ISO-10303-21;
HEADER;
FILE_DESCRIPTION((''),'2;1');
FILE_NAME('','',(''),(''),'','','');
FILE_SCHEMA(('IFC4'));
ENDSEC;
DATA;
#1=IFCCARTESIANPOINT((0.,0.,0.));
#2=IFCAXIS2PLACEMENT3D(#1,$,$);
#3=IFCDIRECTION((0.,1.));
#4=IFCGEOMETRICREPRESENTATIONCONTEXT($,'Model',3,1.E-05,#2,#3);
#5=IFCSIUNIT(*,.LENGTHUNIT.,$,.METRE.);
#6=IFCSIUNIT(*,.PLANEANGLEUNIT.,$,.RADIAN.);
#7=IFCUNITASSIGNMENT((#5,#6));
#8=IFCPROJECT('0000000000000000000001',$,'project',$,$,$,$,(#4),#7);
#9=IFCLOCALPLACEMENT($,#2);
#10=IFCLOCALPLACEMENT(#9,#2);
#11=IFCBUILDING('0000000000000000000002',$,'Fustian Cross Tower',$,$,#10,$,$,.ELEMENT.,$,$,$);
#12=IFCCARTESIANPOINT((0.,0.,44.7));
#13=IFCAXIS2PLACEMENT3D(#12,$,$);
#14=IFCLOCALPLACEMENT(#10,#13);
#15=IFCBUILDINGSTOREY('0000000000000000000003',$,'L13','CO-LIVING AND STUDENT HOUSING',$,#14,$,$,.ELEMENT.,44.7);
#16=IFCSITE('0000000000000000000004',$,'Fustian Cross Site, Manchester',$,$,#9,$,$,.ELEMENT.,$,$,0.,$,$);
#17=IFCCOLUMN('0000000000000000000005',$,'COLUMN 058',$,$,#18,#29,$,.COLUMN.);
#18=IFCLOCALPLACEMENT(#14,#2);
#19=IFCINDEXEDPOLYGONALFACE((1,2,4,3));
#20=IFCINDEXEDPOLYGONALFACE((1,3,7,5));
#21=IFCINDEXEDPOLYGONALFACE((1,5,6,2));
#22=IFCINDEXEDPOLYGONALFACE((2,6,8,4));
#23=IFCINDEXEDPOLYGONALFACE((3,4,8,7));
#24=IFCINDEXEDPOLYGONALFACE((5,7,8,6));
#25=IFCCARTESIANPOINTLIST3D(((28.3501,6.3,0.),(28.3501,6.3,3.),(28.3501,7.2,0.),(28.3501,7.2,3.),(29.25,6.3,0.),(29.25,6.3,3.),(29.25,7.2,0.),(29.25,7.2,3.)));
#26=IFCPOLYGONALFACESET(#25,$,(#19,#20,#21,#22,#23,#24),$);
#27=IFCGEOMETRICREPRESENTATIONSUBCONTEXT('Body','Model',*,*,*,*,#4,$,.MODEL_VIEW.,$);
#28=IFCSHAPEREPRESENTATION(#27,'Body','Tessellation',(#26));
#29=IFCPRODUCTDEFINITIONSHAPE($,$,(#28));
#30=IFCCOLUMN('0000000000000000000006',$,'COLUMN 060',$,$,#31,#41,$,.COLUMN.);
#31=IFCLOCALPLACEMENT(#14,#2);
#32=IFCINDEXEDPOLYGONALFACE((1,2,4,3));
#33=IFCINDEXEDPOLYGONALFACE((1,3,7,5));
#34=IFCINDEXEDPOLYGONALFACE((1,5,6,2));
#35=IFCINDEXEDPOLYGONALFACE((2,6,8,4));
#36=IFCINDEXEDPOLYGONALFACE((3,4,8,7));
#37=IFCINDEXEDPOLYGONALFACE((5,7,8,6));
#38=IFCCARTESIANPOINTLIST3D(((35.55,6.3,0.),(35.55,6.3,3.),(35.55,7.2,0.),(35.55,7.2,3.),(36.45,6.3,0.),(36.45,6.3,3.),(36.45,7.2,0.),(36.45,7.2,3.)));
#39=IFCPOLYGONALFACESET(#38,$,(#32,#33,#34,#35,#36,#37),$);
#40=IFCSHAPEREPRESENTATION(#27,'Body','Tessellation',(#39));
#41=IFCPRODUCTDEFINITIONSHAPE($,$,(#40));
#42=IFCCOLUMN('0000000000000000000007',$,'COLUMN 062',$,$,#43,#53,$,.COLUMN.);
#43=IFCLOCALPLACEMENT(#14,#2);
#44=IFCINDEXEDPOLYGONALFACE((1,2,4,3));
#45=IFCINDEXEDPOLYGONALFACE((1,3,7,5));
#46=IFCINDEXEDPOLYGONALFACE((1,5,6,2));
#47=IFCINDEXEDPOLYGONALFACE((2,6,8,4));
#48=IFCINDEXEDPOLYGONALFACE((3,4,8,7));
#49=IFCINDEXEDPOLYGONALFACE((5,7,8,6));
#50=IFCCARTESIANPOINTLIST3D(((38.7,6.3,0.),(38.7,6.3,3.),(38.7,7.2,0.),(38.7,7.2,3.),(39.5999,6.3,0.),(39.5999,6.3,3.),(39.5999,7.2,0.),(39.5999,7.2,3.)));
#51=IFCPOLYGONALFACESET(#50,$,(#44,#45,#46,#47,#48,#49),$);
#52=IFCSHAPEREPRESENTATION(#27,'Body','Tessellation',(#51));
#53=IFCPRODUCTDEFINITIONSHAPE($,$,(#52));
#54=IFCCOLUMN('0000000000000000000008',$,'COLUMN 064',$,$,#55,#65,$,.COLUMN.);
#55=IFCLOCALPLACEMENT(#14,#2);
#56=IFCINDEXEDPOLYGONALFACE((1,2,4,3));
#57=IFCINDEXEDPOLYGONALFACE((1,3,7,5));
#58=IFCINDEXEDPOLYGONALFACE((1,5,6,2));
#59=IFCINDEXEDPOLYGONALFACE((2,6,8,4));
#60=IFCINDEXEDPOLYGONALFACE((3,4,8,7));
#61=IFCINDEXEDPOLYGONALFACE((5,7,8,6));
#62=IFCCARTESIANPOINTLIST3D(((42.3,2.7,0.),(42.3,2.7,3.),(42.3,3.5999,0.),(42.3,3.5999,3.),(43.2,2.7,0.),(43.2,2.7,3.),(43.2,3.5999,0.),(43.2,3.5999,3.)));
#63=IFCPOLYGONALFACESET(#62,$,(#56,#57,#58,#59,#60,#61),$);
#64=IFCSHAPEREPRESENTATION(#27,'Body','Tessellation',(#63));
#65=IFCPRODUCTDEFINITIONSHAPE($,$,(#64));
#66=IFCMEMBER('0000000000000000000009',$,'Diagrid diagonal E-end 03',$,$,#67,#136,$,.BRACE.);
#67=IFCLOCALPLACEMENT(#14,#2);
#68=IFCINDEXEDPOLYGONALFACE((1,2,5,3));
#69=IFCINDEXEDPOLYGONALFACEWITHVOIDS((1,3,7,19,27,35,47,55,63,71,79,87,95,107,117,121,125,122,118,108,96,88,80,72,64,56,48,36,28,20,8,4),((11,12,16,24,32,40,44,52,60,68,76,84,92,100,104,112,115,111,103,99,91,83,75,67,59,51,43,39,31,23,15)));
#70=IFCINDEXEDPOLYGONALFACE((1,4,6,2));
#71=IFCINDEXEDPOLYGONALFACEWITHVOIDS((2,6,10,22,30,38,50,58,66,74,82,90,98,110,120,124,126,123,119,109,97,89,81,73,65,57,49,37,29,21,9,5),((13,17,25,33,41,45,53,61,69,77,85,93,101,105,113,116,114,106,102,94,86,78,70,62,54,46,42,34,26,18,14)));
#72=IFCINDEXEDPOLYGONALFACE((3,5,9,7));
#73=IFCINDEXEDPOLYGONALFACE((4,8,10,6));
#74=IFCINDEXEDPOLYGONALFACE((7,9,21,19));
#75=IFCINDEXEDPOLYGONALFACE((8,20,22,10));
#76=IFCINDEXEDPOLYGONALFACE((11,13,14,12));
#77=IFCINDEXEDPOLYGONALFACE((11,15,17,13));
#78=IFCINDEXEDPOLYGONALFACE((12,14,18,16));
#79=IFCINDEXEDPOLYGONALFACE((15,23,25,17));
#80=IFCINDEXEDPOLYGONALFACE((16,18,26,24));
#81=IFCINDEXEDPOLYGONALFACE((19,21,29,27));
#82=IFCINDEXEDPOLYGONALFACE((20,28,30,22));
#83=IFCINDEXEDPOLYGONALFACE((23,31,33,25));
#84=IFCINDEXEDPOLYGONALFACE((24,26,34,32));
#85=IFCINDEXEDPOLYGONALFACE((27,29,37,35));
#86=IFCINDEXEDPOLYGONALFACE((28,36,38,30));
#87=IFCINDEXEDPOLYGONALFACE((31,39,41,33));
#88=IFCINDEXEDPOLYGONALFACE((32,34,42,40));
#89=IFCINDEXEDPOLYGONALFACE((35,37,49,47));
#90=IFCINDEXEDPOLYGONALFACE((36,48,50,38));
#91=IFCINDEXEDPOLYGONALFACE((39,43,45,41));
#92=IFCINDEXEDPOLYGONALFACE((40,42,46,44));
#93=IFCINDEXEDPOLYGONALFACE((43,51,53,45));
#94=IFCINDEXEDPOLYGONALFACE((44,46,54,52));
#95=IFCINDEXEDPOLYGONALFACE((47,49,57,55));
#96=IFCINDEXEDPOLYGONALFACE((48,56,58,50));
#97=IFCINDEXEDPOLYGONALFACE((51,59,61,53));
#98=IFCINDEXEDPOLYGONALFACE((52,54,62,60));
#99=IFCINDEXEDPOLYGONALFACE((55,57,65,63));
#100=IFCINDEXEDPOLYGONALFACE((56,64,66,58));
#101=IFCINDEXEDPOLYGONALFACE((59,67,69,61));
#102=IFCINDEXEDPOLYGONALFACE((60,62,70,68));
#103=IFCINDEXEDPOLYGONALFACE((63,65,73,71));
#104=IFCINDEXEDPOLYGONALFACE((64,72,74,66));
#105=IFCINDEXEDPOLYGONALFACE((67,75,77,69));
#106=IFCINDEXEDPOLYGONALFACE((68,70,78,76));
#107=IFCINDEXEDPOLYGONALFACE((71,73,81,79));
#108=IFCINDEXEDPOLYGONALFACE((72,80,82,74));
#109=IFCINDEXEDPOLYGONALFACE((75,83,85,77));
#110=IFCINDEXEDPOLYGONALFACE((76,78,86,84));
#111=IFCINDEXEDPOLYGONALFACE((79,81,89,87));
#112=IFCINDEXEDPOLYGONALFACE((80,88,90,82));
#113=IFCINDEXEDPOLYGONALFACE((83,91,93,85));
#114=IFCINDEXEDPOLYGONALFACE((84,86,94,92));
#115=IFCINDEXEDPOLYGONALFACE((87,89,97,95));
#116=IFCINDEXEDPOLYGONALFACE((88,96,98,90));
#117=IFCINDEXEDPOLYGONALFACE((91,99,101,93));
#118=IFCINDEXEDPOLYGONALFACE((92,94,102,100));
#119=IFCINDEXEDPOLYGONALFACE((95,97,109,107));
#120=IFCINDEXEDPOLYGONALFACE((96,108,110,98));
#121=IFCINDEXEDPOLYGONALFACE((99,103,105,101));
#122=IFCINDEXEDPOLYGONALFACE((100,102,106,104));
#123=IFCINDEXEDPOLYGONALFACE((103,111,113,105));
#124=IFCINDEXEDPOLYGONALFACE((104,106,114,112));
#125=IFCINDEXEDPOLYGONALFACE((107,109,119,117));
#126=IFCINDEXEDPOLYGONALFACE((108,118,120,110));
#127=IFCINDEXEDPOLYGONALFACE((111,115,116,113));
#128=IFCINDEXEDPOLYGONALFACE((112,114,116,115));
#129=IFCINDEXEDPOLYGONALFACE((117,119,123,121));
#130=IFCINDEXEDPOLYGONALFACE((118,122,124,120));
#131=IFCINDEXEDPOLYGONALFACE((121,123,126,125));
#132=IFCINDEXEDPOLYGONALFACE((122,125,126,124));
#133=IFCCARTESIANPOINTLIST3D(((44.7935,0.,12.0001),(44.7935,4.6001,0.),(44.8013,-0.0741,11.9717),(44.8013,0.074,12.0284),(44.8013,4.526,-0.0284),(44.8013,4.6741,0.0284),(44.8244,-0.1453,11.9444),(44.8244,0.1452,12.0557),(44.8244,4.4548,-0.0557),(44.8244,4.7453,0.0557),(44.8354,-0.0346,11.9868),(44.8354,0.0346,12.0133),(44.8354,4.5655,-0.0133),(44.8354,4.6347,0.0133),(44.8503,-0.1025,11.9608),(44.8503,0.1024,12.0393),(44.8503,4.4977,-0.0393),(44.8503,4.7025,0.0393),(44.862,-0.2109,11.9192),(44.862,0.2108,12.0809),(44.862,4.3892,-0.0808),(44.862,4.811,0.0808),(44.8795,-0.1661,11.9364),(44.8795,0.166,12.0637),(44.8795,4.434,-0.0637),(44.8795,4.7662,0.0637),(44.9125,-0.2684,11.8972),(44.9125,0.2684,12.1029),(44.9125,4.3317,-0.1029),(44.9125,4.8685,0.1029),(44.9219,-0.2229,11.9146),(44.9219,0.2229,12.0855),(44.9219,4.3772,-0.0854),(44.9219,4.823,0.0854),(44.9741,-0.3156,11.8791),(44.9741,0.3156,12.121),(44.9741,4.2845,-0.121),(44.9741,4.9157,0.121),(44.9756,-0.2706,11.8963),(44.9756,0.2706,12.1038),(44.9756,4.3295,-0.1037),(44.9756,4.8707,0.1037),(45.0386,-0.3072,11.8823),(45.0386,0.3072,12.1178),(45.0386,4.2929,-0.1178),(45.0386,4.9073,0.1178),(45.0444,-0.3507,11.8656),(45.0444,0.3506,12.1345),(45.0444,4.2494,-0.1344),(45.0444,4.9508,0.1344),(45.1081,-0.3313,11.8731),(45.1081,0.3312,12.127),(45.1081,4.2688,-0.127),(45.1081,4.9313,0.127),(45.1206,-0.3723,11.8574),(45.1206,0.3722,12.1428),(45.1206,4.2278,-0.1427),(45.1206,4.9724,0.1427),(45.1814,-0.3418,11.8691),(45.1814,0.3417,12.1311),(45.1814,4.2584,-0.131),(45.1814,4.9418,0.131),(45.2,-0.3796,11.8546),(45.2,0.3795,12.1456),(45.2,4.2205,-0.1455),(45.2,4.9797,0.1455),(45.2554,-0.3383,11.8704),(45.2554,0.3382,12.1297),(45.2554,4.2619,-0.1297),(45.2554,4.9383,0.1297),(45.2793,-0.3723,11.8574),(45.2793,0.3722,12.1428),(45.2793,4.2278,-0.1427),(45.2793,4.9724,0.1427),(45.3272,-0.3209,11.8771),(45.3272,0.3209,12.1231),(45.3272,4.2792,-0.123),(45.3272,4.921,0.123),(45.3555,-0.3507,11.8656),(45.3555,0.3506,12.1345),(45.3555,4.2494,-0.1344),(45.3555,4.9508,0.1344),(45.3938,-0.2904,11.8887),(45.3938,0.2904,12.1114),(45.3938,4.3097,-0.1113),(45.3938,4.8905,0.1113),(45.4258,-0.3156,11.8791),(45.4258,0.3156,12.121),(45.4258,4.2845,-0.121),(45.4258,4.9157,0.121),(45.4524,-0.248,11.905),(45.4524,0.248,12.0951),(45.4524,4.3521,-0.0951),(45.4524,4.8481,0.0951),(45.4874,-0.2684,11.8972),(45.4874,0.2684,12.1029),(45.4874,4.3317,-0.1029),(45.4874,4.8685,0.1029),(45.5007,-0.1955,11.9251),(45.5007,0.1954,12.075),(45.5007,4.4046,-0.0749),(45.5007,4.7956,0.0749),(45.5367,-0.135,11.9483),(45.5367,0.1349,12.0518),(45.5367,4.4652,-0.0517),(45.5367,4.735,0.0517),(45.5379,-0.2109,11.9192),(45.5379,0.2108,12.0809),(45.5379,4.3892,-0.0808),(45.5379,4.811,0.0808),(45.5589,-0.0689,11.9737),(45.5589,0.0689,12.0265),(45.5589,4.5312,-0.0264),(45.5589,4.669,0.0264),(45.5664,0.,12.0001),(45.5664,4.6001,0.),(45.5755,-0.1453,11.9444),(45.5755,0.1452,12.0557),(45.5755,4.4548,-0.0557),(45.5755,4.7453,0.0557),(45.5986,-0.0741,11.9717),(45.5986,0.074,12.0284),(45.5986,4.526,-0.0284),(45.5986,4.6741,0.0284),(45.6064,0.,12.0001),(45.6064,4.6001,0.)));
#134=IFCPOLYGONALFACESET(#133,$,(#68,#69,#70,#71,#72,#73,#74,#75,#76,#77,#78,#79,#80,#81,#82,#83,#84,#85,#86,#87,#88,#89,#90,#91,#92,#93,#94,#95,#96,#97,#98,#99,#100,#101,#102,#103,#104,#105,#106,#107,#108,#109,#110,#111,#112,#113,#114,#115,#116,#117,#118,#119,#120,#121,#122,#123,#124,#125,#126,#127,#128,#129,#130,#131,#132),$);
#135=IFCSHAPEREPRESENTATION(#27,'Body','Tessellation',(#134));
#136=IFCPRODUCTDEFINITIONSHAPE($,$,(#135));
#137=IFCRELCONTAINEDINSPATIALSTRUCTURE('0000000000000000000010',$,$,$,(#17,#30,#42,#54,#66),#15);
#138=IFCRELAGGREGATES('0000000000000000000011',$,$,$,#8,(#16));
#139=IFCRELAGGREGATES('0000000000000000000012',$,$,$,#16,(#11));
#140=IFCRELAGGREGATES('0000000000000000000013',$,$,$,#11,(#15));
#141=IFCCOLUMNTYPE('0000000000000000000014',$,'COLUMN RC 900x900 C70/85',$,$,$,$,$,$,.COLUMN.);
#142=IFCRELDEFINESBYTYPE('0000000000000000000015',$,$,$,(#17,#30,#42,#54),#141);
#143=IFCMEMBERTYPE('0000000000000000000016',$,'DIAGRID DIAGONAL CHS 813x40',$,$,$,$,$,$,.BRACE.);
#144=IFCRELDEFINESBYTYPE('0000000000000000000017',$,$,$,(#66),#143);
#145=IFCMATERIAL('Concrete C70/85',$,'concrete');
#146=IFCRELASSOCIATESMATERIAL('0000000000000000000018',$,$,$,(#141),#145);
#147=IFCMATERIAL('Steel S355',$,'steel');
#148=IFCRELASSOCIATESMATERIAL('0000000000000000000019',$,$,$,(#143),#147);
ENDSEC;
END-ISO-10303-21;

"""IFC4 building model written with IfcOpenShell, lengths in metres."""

from ifc_helpers import new_model, si_unit, direction, frame, origin, origin_2d, place, context, subcontext, project, spatial, rectangle, hollow_circle, extrude, material, material_profile, profile_set, type_object, element, save


model = new_model("IFC4")

# Units and contexts
model_context = context("Model", 3, precision=1e-05, world=origin(), true_north=direction((0.0, 1.0)))
body_context = subcontext(model_context, "Body", "Model", "MODEL_VIEW")
ifc_project = project(units=[si_unit("LENGTHUNIT", "METRE"), si_unit("PLANEANGLEUNIT", "RADIAN")], contexts=[model_context])

# Site, building, storey
site_placement = place(None, origin())
site = spatial("IfcSite", under=ifc_project, at=site_placement, Name="Fustian Cross Site, Manchester", CompositionType="ELEMENT", RefElevation=0.0)
building_placement = place(site_placement, origin())
building = spatial("IfcBuilding", under=site, at=building_placement, Name="Fustian Cross Tower", CompositionType="ELEMENT")
storey_placement = place(building_placement, frame((0.0, 0.0, 44.7)))
storey = spatial("IfcBuildingStorey", under=building, at=storey_placement, Name="L13", Description="CO-LIVING AND STUDENT HOUSING", CompositionType="ELEMENT", Elevation=44.7)

# Columns
ifc_material_1 = material(Name="Concrete C70/85", Category="concrete")
ifc_material_profile_1 = material_profile(ifc_material_1, rectangle(XDim=0.8999, YDim=0.8999, at=origin_2d()), Name="RC 900x900")
ifc_profile_set_1 = profile_set([ifc_material_profile_1], Name="Concrete C70/85")
column_type = type_object("IfcColumnType", Name="COLUMN RC 900x900 C70/85", PredefinedType="COLUMN", material=ifc_profile_set_1)
for number, where, z_axis, x_axis, name in (
    (1, (28.8, 6.75, 0.0), (0.0, 0.0, 1.0), (1.0, 0.0, 0.0), "COLUMN 058"),
    (2, (36.0, 6.75, 0.0), (0.0, 0.0, 1.0), (1.0, 0.0, 0.0), "COLUMN 060"),
    (3, (39.1499, 6.75, 0.0), (0.0, 0.0, 1.0), (1.0, 0.0, 0.0), "COLUMN 062"),
    (4, (42.75, 3.1499, 0.0), (0.0, 0.0, 1.0), (1.0, 0.0, 0.0), "COLUMN 064"),
):
    element("IfcColumn", number, at=place(storey_placement, frame(where, z_axis=z_axis, x_axis=x_axis)), inside=storey, type_object=column_type, Name=name, PredefinedType="COLUMN", context=body_context, shape_type="SweptSolid", body=[
        extrude(rectangle(XDim=0.8999, YDim=0.8999, at=origin_2d()), origin(), (0.0, 0.0, 1.0), 3.0),
    ])

# Member
ifc_material_2 = material(Name="Steel S355", Category="steel")
ifc_material_profile_2 = material_profile(ifc_material_2, hollow_circle(Radius=0.4065, WallThickness=0.04, at=origin_2d()), Name="CHS 813x40")
ifc_profile_set_2 = profile_set([ifc_material_profile_2], Name="Steel S355")
member_type_1 = type_object("IfcMemberType", Name="DIAGRID DIAGONAL CHS 813x40", PredefinedType="BRACE", material=ifc_profile_set_2)
member_1_placement = place(storey_placement, frame((45.2, 4.6001, 0.0), z_axis=(0.0, -0.357943, 0.933744), x_axis=(1.0, 0.0, 0.0)))
element("IfcMember", 5, at=member_1_placement, inside=storey, type_object=member_type_1, Name="Diagrid diagonal E-end 03", PredefinedType="BRACE", context=body_context, shape_type="SweptSolid", body=[
    extrude(hollow_circle(Radius=0.4065, WallThickness=0.04, at=origin_2d()), origin(), (0.0, 0.0, 1.0), 12.8516),
])

save(model, "model.ifc")
